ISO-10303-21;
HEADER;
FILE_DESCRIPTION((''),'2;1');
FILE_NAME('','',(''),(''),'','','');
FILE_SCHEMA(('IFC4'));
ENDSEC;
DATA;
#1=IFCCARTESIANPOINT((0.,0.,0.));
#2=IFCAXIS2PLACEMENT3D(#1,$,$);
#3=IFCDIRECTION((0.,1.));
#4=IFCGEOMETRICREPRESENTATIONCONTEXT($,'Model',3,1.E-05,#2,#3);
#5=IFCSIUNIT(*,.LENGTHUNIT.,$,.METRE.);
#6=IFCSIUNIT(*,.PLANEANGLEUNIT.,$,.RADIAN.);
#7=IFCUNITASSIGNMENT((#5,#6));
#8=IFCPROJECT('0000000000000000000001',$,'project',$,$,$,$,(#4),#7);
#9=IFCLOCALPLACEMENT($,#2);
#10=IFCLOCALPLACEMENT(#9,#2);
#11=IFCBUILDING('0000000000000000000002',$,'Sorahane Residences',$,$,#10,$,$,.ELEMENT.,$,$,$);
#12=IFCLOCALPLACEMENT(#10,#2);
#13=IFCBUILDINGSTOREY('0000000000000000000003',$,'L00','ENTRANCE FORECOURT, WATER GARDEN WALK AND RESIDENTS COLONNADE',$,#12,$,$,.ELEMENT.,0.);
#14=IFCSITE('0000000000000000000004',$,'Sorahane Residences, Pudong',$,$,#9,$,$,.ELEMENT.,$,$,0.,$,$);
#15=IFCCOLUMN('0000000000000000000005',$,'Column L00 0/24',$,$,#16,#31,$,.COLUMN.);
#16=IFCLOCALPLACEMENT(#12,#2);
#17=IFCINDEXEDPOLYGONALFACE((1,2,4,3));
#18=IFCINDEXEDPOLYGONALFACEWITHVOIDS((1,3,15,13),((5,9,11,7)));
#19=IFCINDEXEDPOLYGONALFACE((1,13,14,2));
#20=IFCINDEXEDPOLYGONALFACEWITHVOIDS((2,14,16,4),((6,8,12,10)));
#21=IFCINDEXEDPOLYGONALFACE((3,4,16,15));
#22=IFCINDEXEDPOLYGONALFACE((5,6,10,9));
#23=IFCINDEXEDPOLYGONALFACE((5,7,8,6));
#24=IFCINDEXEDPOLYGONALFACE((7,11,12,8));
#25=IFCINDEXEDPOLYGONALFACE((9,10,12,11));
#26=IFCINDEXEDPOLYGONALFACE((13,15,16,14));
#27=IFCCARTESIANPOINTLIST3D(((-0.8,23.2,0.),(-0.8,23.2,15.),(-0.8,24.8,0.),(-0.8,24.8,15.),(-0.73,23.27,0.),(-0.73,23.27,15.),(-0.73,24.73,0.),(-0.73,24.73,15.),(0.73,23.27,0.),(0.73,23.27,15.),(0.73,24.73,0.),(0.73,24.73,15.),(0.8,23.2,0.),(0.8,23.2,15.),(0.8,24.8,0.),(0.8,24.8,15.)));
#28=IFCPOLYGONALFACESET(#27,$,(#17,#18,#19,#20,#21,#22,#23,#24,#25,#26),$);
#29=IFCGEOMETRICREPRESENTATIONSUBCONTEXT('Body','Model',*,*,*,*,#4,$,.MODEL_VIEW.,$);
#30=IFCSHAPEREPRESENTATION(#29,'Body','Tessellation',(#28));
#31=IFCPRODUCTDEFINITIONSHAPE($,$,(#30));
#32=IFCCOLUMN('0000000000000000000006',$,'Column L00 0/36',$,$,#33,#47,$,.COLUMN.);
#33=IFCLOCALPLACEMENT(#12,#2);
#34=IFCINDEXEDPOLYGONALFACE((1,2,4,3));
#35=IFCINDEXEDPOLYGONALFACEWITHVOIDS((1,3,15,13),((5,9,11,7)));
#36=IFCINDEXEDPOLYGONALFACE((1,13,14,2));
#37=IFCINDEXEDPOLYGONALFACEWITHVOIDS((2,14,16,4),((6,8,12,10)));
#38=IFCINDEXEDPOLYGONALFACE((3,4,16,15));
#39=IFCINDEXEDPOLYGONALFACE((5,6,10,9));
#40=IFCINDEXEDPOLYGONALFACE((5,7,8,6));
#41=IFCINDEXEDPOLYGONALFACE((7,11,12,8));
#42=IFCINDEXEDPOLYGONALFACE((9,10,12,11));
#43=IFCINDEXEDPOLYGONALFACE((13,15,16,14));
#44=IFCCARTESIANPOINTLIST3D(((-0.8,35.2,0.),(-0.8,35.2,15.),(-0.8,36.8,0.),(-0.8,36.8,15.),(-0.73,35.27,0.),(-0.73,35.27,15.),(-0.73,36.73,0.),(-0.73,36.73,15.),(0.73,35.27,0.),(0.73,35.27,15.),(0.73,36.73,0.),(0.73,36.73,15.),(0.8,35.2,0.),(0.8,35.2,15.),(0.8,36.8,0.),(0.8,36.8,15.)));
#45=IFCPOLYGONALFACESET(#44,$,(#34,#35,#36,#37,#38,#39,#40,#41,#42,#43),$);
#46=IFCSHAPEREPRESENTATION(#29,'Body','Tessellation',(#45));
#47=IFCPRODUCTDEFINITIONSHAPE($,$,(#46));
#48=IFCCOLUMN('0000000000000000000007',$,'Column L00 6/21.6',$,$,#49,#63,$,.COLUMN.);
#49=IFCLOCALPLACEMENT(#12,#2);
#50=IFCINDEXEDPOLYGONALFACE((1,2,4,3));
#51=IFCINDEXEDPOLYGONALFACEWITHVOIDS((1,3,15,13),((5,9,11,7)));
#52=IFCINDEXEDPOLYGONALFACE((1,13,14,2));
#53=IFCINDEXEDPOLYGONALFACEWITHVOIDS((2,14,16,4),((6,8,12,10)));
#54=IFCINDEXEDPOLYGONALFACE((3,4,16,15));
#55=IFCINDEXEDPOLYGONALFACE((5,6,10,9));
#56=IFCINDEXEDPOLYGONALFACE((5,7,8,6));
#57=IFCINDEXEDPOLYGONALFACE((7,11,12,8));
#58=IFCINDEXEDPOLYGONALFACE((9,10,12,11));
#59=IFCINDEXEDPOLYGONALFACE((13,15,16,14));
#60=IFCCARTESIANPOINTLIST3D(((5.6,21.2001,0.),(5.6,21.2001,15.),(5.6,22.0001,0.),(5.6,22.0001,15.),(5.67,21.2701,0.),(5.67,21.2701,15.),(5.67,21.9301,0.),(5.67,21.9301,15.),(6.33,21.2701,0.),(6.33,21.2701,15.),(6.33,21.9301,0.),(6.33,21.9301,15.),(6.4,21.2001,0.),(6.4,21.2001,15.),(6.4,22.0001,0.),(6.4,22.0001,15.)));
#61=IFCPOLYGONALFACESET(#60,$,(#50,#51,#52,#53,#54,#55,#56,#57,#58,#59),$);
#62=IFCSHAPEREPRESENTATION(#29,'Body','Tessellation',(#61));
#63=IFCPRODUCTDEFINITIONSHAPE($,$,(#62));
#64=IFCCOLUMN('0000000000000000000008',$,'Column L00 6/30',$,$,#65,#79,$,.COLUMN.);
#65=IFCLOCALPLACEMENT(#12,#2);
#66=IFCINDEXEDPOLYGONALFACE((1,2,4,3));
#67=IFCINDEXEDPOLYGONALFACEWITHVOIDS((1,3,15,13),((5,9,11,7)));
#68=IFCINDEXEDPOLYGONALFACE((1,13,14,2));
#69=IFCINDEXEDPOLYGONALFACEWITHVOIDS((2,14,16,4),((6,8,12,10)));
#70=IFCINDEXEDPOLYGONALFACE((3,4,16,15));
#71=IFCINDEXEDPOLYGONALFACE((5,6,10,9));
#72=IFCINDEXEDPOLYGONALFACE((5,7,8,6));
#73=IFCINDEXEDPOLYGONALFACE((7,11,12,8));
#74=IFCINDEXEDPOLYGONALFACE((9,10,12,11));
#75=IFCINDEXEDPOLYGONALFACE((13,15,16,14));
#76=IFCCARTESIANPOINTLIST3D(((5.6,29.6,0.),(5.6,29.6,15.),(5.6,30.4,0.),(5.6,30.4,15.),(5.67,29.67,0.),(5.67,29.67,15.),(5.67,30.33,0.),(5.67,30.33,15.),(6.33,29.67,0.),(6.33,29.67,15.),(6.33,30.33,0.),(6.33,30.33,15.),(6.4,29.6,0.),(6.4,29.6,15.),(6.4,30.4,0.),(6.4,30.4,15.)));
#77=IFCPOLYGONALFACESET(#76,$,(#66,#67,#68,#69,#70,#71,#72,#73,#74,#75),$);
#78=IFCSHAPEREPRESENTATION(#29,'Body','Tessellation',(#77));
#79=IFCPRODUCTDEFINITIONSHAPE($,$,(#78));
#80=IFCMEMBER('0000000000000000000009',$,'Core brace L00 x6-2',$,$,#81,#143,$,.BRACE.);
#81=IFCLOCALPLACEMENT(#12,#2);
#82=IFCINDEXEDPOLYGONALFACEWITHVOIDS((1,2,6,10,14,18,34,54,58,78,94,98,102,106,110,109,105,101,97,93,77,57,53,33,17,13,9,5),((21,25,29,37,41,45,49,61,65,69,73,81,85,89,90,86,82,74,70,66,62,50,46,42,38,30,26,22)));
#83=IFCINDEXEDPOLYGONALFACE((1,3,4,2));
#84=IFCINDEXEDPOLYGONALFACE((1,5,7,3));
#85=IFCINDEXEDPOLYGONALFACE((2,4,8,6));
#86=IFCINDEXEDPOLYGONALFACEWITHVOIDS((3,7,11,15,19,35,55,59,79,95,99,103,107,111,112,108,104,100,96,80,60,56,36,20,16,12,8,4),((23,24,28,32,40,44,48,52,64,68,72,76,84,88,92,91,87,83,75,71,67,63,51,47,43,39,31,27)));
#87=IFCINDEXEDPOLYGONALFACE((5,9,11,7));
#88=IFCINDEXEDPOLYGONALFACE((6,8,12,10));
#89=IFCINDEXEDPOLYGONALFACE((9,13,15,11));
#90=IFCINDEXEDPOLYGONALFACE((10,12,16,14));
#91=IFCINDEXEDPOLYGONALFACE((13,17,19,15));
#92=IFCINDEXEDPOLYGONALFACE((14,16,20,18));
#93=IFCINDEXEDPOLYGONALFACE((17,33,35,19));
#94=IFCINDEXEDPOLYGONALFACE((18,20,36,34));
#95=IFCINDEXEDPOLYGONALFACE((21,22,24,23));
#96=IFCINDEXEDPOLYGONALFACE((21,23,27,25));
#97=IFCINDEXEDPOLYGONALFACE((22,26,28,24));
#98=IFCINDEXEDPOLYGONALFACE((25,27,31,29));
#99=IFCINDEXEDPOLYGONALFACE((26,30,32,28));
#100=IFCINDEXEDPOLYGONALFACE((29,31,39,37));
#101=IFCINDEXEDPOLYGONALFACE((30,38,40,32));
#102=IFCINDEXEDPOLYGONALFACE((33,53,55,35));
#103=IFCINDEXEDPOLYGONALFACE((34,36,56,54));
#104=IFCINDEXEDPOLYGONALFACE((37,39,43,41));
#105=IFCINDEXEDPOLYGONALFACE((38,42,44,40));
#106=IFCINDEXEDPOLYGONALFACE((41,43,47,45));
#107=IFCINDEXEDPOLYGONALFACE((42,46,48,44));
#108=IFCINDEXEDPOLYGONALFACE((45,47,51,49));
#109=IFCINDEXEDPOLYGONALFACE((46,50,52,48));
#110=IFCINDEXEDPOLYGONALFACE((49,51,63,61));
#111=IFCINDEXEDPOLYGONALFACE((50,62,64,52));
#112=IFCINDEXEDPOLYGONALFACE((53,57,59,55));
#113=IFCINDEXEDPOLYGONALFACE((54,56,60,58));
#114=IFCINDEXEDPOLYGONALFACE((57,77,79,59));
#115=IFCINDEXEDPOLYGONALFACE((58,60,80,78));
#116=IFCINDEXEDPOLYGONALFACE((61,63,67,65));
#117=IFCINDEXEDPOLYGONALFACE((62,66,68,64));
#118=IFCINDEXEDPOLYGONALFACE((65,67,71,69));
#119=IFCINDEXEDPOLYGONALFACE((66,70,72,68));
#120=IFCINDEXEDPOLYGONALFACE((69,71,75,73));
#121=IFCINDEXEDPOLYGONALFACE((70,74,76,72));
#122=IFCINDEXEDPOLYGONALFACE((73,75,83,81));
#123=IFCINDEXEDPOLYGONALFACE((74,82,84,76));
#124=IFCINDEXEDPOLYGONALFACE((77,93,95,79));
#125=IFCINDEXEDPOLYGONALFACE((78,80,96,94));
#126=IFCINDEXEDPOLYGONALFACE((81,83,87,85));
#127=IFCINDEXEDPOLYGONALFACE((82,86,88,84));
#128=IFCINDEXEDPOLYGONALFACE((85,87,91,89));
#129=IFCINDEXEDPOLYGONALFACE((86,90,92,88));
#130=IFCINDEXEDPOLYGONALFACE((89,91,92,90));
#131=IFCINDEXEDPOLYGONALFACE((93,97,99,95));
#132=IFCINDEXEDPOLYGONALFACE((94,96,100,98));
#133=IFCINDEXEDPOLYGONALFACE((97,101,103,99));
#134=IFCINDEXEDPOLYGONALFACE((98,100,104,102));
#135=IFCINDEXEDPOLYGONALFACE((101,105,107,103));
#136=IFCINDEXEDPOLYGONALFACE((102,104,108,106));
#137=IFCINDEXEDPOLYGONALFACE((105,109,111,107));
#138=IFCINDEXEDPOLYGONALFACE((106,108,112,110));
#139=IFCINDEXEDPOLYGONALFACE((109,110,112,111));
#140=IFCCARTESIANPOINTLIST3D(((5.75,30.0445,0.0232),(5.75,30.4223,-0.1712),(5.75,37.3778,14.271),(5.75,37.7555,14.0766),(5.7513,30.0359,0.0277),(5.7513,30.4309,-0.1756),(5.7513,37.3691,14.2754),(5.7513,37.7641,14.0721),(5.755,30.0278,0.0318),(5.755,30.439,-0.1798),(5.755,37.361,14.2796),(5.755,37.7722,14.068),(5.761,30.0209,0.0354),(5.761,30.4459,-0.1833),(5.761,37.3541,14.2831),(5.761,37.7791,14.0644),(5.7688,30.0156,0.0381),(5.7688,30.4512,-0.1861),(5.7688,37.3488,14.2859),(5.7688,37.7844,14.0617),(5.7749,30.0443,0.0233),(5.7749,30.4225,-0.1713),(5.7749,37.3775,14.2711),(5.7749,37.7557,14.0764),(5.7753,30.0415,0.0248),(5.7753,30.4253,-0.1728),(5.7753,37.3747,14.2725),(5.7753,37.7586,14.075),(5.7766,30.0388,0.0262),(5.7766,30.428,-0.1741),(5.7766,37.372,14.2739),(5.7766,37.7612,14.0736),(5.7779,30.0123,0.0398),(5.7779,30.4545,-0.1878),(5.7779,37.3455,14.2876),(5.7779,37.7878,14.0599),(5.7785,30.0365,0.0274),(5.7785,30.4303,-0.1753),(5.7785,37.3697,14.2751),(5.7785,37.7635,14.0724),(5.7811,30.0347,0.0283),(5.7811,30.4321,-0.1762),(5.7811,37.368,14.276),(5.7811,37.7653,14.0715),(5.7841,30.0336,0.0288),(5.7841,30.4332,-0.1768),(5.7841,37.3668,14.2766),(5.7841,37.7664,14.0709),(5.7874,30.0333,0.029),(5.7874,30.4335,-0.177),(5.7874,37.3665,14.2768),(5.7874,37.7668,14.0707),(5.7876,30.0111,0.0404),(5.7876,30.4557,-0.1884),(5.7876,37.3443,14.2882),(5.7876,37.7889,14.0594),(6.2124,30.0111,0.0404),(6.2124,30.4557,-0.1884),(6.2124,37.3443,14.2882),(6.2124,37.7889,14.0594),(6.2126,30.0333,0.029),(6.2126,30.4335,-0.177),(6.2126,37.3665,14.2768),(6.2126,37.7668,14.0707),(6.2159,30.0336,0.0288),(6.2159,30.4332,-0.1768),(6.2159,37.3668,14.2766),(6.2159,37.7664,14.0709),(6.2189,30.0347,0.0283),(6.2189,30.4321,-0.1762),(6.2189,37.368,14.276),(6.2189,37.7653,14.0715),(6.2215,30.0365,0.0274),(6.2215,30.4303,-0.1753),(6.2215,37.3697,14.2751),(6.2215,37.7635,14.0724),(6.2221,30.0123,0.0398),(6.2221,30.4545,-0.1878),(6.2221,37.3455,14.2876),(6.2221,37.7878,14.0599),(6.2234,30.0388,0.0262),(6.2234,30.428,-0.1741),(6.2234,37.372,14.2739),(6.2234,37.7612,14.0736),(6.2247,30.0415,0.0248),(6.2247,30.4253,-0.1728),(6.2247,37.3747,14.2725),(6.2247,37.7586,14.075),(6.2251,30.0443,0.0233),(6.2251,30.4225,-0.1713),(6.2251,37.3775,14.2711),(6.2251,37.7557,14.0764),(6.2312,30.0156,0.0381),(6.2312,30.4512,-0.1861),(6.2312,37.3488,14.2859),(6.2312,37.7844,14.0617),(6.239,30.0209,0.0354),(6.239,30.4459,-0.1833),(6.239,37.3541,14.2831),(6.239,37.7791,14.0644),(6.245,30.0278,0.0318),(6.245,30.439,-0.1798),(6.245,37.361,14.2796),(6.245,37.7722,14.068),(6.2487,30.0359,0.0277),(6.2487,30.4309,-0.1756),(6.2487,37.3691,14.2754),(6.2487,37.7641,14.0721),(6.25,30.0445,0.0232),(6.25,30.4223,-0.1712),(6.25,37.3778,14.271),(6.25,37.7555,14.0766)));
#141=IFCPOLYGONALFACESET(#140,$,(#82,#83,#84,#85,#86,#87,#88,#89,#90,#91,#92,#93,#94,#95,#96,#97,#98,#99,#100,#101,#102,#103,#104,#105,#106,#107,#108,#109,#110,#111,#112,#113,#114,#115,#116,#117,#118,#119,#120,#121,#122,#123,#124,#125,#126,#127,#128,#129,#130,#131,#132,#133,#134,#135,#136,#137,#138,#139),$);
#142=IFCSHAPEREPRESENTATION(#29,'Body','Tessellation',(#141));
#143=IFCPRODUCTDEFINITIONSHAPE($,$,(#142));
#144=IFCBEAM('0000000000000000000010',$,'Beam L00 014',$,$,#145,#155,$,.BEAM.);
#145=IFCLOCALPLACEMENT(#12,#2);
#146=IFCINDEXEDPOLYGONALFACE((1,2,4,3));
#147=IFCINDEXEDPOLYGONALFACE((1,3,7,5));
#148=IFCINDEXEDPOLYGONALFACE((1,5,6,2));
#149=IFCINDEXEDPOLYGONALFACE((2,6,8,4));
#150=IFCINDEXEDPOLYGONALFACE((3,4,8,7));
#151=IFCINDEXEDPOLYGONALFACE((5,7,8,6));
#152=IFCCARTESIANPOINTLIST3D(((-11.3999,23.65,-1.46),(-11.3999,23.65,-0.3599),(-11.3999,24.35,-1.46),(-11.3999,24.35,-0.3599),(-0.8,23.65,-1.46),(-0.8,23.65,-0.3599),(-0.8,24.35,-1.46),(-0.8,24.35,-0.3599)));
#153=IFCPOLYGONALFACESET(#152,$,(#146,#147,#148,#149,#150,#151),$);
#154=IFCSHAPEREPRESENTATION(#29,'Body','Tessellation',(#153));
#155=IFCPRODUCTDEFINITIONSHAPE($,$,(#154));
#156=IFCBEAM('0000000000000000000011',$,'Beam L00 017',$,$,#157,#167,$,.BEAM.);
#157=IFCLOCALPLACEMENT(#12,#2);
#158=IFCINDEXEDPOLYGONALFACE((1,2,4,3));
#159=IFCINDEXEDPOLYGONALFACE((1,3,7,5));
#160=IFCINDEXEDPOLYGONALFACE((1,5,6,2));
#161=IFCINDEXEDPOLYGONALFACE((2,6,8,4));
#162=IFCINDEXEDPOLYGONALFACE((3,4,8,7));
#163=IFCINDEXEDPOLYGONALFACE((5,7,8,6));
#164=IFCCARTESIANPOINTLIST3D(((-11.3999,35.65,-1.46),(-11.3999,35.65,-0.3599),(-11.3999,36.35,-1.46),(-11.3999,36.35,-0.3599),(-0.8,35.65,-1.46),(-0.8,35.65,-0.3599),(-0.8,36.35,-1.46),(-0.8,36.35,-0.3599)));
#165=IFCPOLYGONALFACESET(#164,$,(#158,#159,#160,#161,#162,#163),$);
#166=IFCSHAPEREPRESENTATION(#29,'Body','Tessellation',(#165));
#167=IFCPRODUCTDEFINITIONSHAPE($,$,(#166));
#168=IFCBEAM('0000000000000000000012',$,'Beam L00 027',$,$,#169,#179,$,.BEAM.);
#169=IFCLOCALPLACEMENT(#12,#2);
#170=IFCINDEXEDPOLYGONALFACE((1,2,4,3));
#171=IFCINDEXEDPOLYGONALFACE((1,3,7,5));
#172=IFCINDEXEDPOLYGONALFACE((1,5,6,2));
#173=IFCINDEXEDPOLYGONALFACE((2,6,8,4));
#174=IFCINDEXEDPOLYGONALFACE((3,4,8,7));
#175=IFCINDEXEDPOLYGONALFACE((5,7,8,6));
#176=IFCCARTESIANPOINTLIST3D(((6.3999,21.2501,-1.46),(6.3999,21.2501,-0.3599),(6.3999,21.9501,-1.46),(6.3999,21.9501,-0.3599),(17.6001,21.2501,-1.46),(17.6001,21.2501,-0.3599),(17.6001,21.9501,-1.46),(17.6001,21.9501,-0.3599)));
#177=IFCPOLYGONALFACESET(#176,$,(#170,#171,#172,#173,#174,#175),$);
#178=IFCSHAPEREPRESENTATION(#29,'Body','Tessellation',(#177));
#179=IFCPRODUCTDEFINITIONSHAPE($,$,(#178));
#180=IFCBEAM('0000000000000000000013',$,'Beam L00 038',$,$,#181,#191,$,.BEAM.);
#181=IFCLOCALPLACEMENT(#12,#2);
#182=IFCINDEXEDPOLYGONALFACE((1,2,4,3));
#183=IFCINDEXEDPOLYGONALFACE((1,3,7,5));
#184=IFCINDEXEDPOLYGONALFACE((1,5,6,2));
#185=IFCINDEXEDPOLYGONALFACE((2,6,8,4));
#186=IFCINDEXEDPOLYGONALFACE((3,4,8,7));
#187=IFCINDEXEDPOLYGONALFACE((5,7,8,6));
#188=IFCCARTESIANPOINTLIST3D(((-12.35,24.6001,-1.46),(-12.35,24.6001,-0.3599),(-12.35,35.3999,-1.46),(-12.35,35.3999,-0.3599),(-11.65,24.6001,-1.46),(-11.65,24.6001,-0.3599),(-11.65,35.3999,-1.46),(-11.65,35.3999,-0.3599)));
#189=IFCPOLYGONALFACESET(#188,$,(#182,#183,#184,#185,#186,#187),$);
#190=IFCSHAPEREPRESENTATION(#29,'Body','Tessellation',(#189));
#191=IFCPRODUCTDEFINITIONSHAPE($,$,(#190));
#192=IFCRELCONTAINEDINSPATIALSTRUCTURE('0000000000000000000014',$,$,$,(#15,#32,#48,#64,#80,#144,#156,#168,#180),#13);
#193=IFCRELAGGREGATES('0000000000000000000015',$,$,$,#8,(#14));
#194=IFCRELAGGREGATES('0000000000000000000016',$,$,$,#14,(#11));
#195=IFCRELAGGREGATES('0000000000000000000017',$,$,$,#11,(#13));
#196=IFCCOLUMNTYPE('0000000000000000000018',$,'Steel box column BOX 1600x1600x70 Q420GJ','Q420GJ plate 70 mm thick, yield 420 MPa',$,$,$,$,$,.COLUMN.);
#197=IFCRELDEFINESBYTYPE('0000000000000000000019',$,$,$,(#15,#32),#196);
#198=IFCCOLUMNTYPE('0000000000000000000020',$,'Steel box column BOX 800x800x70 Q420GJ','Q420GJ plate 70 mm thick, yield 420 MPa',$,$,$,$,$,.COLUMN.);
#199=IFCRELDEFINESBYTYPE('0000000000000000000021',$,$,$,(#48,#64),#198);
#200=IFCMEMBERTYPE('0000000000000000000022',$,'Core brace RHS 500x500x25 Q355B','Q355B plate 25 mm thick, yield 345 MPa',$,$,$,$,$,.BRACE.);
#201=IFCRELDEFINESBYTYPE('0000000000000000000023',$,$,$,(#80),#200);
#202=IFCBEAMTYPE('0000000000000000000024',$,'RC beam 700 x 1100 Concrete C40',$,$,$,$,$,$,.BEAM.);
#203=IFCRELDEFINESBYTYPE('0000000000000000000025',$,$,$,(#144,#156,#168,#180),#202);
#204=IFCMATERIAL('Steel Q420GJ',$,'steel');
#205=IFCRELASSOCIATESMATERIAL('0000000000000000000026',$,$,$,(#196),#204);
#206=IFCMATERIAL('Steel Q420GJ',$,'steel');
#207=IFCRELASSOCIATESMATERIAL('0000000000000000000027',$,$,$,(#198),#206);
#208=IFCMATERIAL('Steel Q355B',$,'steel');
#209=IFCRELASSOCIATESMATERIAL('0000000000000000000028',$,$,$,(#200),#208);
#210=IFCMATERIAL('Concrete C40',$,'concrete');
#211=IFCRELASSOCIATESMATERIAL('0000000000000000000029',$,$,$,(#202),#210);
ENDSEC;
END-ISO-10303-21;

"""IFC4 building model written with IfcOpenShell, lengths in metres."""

from ifc_helpers import new_model, si_unit, direction, frame, origin, origin_2d, place, context, subcontext, project, spatial, rectangle, hollow_rectangle, extrude, material, material_profile, profile_set, type_object, element, save


model = new_model("IFC4")

# Units and contexts
model_context = context("Model", 3, precision=1e-05, world=origin(), true_north=direction((0.0, 1.0)))
body_context = subcontext(model_context, "Body", "Model", "MODEL_VIEW")
ifc_project = project(units=[si_unit("LENGTHUNIT", "METRE"), si_unit("PLANEANGLEUNIT", "RADIAN")], contexts=[model_context])

# Site, building, storey
site_placement = place(None, origin())
site = spatial("IfcSite", under=ifc_project, at=site_placement, Name="Sorahane Residences, Pudong", CompositionType="ELEMENT", RefElevation=0.0)
building_placement = place(site_placement, origin())
building = spatial("IfcBuilding", under=site, at=building_placement, Name="Sorahane Residences", CompositionType="ELEMENT")
storey_placement = place(building_placement, origin())
storey = spatial("IfcBuildingStorey", under=building, at=storey_placement, Name="L00", Description="ENTRANCE FORECOURT, WATER GARDEN WALK AND RESIDENTS COLONNADE", CompositionType="ELEMENT", Elevation=0.0)

# Columns
ifc_material_1 = material(Name="Steel Q420GJ", Category="steel")
ifc_material_profile_1 = material_profile(ifc_material_1, hollow_rectangle(XDim=1.6001, YDim=1.6001, WallThickness=0.0701, at=origin_2d()), Name="BOX 1600x1600x70")
ifc_profile_set_1 = profile_set([ifc_material_profile_1], Name="Steel Q420GJ")
column_type_1 = type_object("IfcColumnType", Name="Steel box column BOX 1600x1600x70 Q420GJ", Description="Q420GJ plate 70 mm thick, yield 420 MPa", PredefinedType="COLUMN", material=ifc_profile_set_1)
for number, where, z_axis, x_axis, name in (
    (1, (0.0, 24.0, 0.0), (0.0, 0.0, 1.0), (1.0, 0.0, 0.0), "Column L00 0/24"),
    (2, (0.0, 36.0, 0.0), (0.0, 0.0, 1.0), (1.0, 0.0, 0.0), "Column L00 0/36"),
):
    element("IfcColumn", number, at=place(storey_placement, frame(where, z_axis=z_axis, x_axis=x_axis)), inside=storey, type_object=column_type_1, Name=name, PredefinedType="COLUMN", context=body_context, shape_type="SweptSolid", body=[
        extrude(hollow_rectangle(XDim=1.6001, YDim=1.6001, WallThickness=0.0701, at=origin_2d()), origin(), (0.0, 0.0, 1.0), 15.0),
    ])
ifc_material_2 = material(Name="Steel Q420GJ", Category="steel")
ifc_material_profile_2 = material_profile(ifc_material_2, hollow_rectangle(XDim=0.8, YDim=0.8, WallThickness=0.0701, at=origin_2d()), Name="BOX 800x800x70")
ifc_profile_set_2 = profile_set([ifc_material_profile_2], Name="Steel Q420GJ")
column_type_2 = type_object("IfcColumnType", Name="Steel box column BOX 800x800x70 Q420GJ", Description="Q420GJ plate 70 mm thick, yield 420 MPa", PredefinedType="COLUMN", material=ifc_profile_set_2)
for number, where, z_axis, x_axis, name in (
    (3, (6.0, 21.6001, 0.0), (0.0, 0.0, 1.0), (1.0, 0.0, 0.0), "Column L00 6/21.6"),
    (4, (6.0, 30.0, 0.0), (0.0, 0.0, 1.0), (1.0, 0.0, 0.0), "Column L00 6/30"),
):
    element("IfcColumn", number, at=place(storey_placement, frame(where, z_axis=z_axis, x_axis=x_axis)), inside=storey, type_object=column_type_2, Name=name, PredefinedType="COLUMN", context=body_context, shape_type="SweptSolid", body=[
        extrude(hollow_rectangle(XDim=0.8, YDim=0.8, WallThickness=0.0701, at=origin_2d()), origin(), (0.0, 0.0, 1.0), 15.0),
    ])

# Member
ifc_material_3 = material(Name="Steel Q355B", Category="steel")
ifc_material_profile_3 = material_profile(ifc_material_3, hollow_rectangle(XDim=0.5, YDim=0.5, WallThickness=0.0249, InnerFilletRadius=0.0125, OuterFilletRadius=0.0376, at=origin_2d()), Name="RHS 500x500x25")
ifc_profile_set_3 = profile_set([ifc_material_profile_3], Name="Steel Q355B")
member_type = type_object("IfcMemberType", Name="Core brace RHS 500x500x25 Q355B", Description="Q355B plate 25 mm thick, yield 345 MPa", PredefinedType="BRACE", material=ifc_profile_set_3)
member_placement = place(storey_placement, frame((6.0, 30.2334, -0.074), z_axis=(0.0, 0.457635, 0.88914), x_axis=(-1.0, 0.0, 0.0)))
element("IfcMember", 5, at=member_placement, inside=storey, type_object=member_type, Name="Core brace L00 x6-2", PredefinedType="BRACE", context=body_context, shape_type="SweptSolid", body=[
    extrude(hollow_rectangle(XDim=0.5, YDim=0.5, WallThickness=0.0249, InnerFilletRadius=0.0125, OuterFilletRadius=0.0376, at=origin_2d()), origin(), (0.0, 0.0, 1.0), 16.0242),
])

# Beams
ifc_material_4 = material(Name="Concrete C40", Category="concrete")
ifc_material_profile_4 = material_profile(ifc_material_4, rectangle(XDim=0.7, YDim=1.1001, at=origin_2d()), Name="700x1100")
ifc_profile_set_4 = profile_set([ifc_material_profile_4], Name="Concrete C40")
beam_type_1 = type_object("IfcBeamType", Name="RC beam 700 x 1100 Concrete C40", PredefinedType="BEAM", material=ifc_profile_set_4)
for number, where, z_axis, x_axis, name in (
    (6, (-11.3999, 24.0, -0.9099), (1.0, 0.0, 0.0), (0.0, 1.0, 0.0), "Beam L00 014"),
    (7, (-11.3999, 36.0, -0.9099), (1.0, 0.0, 0.0), (0.0, 1.0, 0.0), "Beam L00 017"),
):
    element("IfcBeam", number, at=place(storey_placement, frame(where, z_axis=z_axis, x_axis=x_axis)), inside=storey, type_object=beam_type_1, Name=name, PredefinedType="BEAM", context=body_context, shape_type="SweptSolid", body=[
        extrude(rectangle(XDim=0.7, YDim=1.1001, at=origin_2d()), origin(), (0.0, 0.0, 1.0), 10.5999),
    ])
beam_1_placement = place(storey_placement, frame((6.3999, 21.6001, -0.9099), z_axis=(1.0, 0.0, 0.0), x_axis=(0.0, 1.0, 0.0)))
element("IfcBeam", 8, at=beam_1_placement, inside=storey, type_object=beam_type_1, Name="Beam L00 027", PredefinedType="BEAM", context=body_context, shape_type="SweptSolid", body=[
    extrude(rectangle(XDim=0.7, YDim=1.1001, at=origin_2d()), origin(), (0.0, 0.0, 1.0), 11.2002),
])
for number, where, z_axis, x_axis, name in (
    (9, (-12.0, 24.6001, -0.9099), (0.0, 1.0, 0.0), (-1.0, 0.0, 0.0), "Beam L00 038"),
):
    element("IfcBeam", number, at=place(storey_placement, frame(where, z_axis=z_axis, x_axis=x_axis)), inside=storey, type_object=beam_type_1, Name=name, PredefinedType="BEAM", context=body_context, shape_type="SweptSolid", body=[
        extrude(rectangle(XDim=0.7, YDim=1.1001, at=origin_2d()), origin(), (0.0, 0.0, 1.0), 10.7998),
    ])

save(model, "model.ifc")
